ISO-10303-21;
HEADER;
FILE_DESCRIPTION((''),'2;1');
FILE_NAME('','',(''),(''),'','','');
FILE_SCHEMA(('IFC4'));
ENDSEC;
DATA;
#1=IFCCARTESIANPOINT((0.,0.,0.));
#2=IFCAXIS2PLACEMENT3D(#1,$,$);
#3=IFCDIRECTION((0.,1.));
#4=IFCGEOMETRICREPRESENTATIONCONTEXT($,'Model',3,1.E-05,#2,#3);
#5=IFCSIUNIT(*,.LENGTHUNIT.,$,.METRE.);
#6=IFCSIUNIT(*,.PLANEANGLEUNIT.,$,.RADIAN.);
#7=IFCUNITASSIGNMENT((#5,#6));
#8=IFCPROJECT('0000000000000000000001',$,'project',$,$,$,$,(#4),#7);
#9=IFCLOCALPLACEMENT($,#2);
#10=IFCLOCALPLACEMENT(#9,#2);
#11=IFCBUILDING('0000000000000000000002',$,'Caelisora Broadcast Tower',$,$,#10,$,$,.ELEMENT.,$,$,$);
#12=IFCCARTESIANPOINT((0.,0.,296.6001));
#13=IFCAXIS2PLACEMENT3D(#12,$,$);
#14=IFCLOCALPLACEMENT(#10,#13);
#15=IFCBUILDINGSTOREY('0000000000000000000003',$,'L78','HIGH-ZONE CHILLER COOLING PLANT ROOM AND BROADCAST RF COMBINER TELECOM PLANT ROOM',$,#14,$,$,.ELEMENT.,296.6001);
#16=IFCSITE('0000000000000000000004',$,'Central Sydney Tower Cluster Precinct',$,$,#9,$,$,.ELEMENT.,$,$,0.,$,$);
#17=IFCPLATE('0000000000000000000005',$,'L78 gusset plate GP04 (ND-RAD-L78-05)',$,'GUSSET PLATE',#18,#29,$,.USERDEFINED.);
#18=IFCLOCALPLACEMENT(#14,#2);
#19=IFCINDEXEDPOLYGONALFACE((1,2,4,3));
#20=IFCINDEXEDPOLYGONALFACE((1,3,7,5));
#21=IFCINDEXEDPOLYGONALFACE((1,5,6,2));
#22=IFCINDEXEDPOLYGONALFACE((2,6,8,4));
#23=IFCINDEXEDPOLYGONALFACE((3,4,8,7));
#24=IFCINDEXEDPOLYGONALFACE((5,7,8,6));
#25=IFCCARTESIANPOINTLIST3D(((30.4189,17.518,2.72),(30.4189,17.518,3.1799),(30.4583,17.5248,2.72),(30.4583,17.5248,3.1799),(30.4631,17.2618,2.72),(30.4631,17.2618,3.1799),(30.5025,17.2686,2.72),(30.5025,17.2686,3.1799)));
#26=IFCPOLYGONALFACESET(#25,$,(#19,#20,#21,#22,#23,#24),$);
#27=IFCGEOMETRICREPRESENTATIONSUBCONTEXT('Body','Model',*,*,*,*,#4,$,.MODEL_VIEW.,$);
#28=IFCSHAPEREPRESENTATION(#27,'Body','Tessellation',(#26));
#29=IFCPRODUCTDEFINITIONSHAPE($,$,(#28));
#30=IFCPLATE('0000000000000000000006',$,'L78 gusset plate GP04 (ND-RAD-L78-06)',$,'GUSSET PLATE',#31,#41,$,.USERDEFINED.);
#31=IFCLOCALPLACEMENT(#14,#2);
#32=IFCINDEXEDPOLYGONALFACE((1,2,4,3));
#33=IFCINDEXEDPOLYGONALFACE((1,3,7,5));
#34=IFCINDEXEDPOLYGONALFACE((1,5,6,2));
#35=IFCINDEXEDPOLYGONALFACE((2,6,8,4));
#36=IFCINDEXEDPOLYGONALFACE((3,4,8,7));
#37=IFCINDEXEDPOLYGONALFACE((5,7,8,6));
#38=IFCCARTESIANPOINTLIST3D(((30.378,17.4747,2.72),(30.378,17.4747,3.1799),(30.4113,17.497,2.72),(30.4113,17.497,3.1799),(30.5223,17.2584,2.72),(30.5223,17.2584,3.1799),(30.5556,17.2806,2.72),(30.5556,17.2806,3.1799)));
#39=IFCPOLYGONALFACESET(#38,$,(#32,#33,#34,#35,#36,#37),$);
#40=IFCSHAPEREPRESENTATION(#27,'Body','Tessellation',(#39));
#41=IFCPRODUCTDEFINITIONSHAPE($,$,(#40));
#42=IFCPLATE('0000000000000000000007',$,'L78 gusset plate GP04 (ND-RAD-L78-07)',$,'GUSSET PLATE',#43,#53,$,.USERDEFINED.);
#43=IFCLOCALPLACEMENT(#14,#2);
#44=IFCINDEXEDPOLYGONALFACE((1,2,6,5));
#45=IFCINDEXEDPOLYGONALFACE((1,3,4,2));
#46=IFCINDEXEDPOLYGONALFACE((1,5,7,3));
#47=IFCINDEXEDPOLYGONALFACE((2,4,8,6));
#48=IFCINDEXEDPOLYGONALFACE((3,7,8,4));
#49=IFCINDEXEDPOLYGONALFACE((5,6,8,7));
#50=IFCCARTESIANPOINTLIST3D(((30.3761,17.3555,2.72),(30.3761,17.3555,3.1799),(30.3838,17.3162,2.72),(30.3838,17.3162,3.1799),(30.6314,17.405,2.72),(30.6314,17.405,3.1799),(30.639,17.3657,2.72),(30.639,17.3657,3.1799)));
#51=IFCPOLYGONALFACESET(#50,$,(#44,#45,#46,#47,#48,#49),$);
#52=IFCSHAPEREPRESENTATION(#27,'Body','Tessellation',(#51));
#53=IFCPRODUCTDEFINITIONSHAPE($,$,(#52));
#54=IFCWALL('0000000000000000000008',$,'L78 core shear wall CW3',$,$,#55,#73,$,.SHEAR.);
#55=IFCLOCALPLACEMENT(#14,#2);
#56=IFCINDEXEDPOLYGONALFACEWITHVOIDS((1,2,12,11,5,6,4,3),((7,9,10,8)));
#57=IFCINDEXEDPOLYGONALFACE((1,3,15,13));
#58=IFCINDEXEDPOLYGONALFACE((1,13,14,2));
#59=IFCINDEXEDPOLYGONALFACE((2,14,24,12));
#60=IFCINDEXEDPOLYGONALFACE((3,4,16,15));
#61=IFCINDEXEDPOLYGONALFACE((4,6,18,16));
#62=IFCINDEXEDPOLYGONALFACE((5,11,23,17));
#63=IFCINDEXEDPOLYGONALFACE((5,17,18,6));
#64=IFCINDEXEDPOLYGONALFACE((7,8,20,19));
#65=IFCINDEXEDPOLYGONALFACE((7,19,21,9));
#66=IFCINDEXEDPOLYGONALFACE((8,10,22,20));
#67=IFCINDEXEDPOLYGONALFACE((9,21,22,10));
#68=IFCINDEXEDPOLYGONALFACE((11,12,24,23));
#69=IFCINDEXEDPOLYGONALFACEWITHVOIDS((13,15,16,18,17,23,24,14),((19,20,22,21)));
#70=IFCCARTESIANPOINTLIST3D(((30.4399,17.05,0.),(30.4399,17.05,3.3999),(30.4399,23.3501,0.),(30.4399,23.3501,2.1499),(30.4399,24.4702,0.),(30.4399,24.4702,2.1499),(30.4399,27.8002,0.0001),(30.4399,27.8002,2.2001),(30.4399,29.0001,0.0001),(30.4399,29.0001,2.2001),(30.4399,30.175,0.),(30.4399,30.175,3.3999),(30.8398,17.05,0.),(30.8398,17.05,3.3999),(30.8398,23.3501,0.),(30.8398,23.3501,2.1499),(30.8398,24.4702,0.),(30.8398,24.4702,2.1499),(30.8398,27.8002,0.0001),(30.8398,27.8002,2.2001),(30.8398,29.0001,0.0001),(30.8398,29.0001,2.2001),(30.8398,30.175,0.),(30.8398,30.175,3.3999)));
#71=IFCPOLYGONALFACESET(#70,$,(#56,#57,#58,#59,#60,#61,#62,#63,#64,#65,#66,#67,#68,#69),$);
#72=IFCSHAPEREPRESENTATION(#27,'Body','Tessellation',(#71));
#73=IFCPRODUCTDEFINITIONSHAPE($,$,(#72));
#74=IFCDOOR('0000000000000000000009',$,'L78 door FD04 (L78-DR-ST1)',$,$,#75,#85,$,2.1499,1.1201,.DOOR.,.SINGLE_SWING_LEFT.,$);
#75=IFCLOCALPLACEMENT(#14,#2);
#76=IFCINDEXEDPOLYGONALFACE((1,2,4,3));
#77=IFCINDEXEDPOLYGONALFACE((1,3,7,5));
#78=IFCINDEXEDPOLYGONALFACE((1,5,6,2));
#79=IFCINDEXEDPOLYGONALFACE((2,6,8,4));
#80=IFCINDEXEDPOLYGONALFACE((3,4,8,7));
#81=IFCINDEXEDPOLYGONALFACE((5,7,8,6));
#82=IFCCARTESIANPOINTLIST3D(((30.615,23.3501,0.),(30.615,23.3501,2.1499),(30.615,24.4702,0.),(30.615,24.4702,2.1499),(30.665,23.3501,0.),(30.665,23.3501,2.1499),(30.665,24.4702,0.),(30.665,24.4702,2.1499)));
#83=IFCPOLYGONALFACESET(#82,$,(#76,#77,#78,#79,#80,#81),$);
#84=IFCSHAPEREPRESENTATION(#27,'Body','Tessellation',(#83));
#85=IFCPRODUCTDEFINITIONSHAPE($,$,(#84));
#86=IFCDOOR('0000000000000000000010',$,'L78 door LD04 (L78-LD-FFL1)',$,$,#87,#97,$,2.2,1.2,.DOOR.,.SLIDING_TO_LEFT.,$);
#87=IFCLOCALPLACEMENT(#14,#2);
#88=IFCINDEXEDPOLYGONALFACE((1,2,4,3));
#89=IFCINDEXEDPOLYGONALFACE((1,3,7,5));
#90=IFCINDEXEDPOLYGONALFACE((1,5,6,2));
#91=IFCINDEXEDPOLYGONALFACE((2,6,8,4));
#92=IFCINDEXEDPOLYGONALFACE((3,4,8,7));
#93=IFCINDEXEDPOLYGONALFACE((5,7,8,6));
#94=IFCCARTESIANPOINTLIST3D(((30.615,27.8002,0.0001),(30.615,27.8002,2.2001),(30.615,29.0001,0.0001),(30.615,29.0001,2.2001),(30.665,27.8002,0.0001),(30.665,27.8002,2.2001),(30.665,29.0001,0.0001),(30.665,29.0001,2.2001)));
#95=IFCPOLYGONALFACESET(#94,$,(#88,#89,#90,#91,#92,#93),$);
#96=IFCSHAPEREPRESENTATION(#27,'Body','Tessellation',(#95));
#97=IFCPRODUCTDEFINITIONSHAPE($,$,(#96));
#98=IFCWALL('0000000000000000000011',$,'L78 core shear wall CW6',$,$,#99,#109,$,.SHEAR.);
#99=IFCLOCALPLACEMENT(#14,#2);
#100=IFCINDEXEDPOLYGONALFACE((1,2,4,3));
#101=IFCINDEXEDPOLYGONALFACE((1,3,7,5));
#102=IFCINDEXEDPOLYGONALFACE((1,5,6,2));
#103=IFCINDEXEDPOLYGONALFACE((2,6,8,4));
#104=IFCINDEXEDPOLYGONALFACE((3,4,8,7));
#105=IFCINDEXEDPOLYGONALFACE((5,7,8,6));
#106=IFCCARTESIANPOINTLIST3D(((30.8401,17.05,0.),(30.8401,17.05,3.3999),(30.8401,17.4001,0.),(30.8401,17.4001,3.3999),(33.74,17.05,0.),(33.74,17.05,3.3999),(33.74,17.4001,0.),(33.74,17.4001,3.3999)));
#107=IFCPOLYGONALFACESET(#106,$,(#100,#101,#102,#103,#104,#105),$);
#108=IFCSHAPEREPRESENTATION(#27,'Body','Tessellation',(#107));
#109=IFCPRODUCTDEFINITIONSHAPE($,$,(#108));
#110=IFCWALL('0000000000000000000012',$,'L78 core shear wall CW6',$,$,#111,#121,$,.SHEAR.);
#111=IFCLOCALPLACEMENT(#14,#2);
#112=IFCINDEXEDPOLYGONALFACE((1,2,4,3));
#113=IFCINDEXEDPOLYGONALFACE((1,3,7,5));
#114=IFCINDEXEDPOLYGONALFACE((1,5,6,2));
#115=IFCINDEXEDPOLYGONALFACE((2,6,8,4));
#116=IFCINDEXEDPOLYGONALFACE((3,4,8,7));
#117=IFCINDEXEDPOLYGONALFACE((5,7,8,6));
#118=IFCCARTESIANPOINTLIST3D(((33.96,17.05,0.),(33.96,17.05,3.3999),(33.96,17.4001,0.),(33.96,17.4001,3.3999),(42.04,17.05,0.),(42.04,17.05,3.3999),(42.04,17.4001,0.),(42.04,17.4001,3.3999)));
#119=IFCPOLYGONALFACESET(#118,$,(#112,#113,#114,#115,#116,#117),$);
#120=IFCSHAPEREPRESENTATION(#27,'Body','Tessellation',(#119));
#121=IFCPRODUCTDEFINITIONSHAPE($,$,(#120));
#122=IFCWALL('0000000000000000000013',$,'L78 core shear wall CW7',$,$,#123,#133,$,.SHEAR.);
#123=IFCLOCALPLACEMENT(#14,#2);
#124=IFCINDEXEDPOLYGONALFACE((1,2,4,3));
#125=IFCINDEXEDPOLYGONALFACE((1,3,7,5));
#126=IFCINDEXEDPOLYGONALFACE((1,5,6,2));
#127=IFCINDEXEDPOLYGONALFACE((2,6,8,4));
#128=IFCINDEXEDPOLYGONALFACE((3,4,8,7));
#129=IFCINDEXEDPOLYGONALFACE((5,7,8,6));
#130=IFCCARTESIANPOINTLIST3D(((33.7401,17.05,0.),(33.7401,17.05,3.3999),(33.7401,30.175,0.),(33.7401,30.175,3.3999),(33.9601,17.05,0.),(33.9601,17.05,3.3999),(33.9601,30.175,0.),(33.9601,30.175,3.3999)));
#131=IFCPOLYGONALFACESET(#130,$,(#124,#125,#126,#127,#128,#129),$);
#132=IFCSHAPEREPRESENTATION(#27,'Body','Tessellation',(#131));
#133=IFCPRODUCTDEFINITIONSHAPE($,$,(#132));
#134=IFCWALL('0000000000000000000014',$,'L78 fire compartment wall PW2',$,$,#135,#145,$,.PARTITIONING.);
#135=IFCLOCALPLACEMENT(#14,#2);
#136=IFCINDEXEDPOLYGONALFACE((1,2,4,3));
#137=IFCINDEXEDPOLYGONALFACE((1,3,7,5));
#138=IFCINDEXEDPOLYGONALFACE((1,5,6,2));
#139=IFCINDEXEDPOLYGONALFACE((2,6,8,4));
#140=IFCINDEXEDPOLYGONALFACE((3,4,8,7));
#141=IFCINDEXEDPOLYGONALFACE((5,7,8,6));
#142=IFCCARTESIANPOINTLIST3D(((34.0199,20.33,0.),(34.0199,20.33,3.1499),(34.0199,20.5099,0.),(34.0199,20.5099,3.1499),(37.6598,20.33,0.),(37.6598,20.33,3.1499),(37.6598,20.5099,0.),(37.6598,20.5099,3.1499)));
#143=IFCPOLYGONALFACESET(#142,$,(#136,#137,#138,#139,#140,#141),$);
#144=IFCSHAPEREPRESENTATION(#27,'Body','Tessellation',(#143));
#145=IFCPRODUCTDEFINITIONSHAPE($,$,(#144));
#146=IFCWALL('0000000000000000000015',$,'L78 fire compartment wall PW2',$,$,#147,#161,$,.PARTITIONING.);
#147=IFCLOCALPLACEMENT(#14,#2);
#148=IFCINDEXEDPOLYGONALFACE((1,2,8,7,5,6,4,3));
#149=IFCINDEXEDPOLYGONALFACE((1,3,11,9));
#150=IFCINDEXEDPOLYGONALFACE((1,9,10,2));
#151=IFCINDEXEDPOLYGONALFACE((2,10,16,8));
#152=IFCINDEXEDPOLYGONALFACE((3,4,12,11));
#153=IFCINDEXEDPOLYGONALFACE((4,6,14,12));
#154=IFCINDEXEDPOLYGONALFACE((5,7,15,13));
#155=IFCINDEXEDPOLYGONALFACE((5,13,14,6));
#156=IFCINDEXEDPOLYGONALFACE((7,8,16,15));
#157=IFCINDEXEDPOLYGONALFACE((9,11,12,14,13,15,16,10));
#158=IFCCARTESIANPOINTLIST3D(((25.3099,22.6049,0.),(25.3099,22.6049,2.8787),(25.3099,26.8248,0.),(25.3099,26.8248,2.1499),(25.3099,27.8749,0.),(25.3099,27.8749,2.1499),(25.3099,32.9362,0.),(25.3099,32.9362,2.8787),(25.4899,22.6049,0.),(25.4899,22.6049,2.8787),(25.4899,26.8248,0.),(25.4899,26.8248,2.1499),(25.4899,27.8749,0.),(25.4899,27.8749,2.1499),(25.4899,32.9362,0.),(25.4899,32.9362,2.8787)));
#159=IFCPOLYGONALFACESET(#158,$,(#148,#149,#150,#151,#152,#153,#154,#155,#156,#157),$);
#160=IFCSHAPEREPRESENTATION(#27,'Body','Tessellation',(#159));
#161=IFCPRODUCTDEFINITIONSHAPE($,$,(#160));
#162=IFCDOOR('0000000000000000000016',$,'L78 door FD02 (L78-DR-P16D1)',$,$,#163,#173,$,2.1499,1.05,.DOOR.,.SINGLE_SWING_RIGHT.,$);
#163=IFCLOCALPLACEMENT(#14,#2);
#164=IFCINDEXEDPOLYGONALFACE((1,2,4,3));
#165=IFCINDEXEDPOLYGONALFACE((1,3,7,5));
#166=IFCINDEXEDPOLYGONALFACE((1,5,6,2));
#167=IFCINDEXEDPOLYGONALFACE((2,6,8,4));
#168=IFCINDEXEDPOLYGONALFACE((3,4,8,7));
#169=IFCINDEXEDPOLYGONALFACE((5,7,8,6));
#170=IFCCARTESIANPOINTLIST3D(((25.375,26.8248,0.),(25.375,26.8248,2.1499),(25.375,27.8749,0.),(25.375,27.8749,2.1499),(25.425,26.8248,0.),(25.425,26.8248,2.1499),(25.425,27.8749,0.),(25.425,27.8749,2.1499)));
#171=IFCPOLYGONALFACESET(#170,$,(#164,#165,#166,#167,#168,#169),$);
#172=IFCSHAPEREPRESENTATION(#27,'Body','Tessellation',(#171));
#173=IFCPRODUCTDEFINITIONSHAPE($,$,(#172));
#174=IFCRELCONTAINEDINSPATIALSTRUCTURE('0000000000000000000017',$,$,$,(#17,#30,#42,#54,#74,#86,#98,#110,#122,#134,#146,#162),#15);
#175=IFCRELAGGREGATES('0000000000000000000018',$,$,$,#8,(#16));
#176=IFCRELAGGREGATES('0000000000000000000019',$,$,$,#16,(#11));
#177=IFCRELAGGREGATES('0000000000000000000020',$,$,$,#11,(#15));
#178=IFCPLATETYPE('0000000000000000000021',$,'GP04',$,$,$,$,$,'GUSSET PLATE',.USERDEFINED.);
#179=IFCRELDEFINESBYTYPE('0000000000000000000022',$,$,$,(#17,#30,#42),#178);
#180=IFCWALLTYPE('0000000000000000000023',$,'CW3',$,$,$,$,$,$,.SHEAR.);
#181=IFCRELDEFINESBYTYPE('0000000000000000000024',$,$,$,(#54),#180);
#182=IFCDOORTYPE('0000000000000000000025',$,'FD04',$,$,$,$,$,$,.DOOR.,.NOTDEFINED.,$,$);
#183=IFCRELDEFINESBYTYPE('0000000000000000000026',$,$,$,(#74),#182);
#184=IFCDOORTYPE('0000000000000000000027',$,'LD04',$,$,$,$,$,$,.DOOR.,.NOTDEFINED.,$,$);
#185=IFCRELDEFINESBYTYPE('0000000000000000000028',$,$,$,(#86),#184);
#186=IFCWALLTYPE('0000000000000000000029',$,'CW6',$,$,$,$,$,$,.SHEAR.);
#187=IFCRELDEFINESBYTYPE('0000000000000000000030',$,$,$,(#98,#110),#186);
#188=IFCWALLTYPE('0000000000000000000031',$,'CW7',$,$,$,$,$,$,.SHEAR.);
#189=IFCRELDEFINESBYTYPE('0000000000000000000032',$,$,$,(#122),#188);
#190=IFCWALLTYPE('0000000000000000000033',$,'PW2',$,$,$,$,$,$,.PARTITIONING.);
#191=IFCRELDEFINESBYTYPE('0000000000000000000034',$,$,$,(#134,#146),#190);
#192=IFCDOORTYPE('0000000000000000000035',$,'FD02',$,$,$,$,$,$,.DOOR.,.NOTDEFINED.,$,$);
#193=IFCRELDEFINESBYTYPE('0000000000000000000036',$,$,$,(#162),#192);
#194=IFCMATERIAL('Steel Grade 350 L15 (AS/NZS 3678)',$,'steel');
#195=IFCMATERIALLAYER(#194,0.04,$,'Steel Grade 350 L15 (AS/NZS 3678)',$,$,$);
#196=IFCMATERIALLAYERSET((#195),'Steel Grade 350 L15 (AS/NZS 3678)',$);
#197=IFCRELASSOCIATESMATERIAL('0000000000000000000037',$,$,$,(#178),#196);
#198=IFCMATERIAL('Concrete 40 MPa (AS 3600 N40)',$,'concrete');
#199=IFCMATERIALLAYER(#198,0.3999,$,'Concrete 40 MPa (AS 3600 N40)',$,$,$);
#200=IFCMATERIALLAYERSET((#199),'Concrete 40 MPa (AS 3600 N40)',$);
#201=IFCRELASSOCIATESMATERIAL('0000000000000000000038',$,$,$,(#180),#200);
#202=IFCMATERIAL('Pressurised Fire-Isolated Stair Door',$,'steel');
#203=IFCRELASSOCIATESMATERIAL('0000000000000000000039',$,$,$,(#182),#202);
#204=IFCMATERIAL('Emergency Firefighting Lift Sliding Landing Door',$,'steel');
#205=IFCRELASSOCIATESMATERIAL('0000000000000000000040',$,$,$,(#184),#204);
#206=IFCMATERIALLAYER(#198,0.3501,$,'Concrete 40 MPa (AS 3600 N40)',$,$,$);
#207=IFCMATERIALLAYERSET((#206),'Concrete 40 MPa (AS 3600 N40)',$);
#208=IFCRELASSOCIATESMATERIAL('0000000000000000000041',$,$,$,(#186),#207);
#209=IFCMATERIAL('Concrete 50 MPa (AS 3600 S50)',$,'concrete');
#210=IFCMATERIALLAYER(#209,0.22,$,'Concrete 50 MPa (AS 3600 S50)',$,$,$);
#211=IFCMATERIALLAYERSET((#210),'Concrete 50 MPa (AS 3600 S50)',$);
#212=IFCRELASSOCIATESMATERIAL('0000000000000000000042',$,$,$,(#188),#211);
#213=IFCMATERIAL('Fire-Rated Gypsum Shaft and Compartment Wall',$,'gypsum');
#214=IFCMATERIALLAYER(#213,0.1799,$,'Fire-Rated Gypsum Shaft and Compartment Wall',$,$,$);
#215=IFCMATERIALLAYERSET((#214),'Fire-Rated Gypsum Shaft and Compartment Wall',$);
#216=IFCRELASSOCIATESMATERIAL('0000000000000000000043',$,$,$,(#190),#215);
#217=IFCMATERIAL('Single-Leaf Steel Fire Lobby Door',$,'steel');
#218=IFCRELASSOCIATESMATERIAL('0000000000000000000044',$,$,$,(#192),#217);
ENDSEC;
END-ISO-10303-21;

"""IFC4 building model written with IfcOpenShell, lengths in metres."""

from ifc_helpers import new_model, si_unit, direction, frame, frame_2d, origin, origin_2d, place, context, subcontext, project, spatial, rectangle, extrude, source, transform, mapped, material, layer, layer_set, type_object, type_shapes, element, fill, save


model = new_model("IFC4")

# Units and contexts
model_context = context("Model", 3, precision=1e-05, world=origin(), true_north=direction((0.0, 1.0)))
body_context = subcontext(model_context, "Body", "Model", "MODEL_VIEW")
ifc_project = project(units=[si_unit("LENGTHUNIT", "METRE"), si_unit("PLANEANGLEUNIT", "RADIAN")], contexts=[model_context])

# Site, building, storey
site_placement = place(None, origin())
site = spatial("IfcSite", under=ifc_project, at=site_placement, Name="Central Sydney Tower Cluster Precinct", CompositionType="ELEMENT", RefElevation=0.0)
building_placement = place(site_placement, origin())
building = spatial("IfcBuilding", under=site, at=building_placement, Name="Caelisora Broadcast Tower", CompositionType="ELEMENT")
storey_placement = place(building_placement, frame((0.0, 0.0, 296.6001)))
storey = spatial("IfcBuildingStorey", under=building, at=storey_placement, Name="L78", Description="HIGH-ZONE CHILLER COOLING PLANT ROOM AND BROADCAST RF COMBINER TELECOM PLANT ROOM", CompositionType="ELEMENT", Elevation=296.6001)

# Plates
ifc_material_1 = material(Name="Steel Grade 350 L15 (AS/NZS 3678)", Category="steel")
ifc_layer_1 = layer(ifc_material_1, 0.04, Name="Steel Grade 350 L15 (AS/NZS 3678)")
ifc_layer_set_1 = layer_set([ifc_layer_1], Name="Steel Grade 350 L15 (AS/NZS 3678)")
plate_type = type_object("IfcPlateType", Name="GP04", ElementType="GUSSET PLATE", PredefinedType="USERDEFINED", material=ifc_layer_set_1)
shared_shape_1 = source(origin(), body_context, "Body", "SweptSolid", [
    extrude(rectangle(XDim=0.26, YDim=0.04, at=origin_2d()), origin(), (0.0, 0.0, 1.0), 0.46),
])
type_shapes(plate_type, [shared_shape_1])
for number, where, z_axis, x_axis, name in (
    (1, (30.4607, 17.3933, 2.72), (0.0, 0.0, 1.0), (0.170038, -0.985438, 0.0), "L78 gusset plate GP04 (ND-RAD-L78-05)"),
    (2, (30.4668, 17.3777, 2.72), (0.0, 0.0, 1.0), (0.554844, -0.831954, 0.0), "L78 gusset plate GP04 (ND-RAD-L78-06)"),
    (3, (30.5076, 17.3606, 2.72), (0.0, 0.0, 1.0), (0.98166, 0.190638, 0.0), "L78 gusset plate GP04 (ND-RAD-L78-07)"),
):
    element("IfcPlate", number, at=place(storey_placement, frame(where, z_axis=z_axis, x_axis=x_axis)), inside=storey, type_object=plate_type, Name=name, ObjectType="GUSSET PLATE", PredefinedType="USERDEFINED", context=body_context, shape_type="MappedRepresentation", body=[
        mapped(shared_shape_1, transform((0.0, 0.0, 0.0), scale=1.0)),
    ])

# Wall, openings, doors
ifc_material_2 = material(Name="Concrete 40 MPa (AS 3600 N40)", Category="concrete")
ifc_layer_2 = layer(ifc_material_2, 0.3999, Name="Concrete 40 MPa (AS 3600 N40)")
ifc_layer_set_2 = layer_set([ifc_layer_2], Name="Concrete 40 MPa (AS 3600 N40)")
wall_type_1 = type_object("IfcWallType", Name="CW3", PredefinedType="SHEAR", material=ifc_layer_set_2)
wall_1_placement = place(storey_placement, frame((30.6399, 17.05, 0.0), z_axis=(0.0, 0.0, 1.0), x_axis=(0.0, 1.0, 0.0)))
wall_1 = element("IfcWall", 4, at=wall_1_placement, inside=storey, type_object=wall_type_1, Name="L78 core shear wall CW3", PredefinedType="SHEAR", context=body_context, shape_type="SweptSolid", body=[
    extrude(rectangle(XDim=13.125, YDim=0.3999, at=frame_2d((6.5625, 0.0))), origin(), (0.0, 0.0, 1.0), 3.3999),
])
opening_1_placement = place(wall_1_placement, frame((6.3, 0.0, 0.0)))
opening_1 = element("IfcOpeningElement", 5, at=opening_1_placement, cuts=wall_1, PredefinedType="OPENING", context=body_context, shape_type="SweptSolid", body=[
    extrude(rectangle(XDim=1.1201, YDim=2.1499, at=frame_2d((0.5601, 1.075))), frame((0.0, 0.2119, 0.0), z_axis=(0.0, -1.0, 0.0), x_axis=(1.0, 0.0, 0.0)), (0.0, 0.0, 1.0), 0.4238),
])
opening_2_placement = place(wall_1_placement, frame((10.75, 0.0, 0.0)))
opening_2 = element("IfcOpeningElement", 6, at=opening_2_placement, cuts=wall_1, PredefinedType="OPENING", context=body_context, shape_type="SweptSolid", body=[
    extrude(rectangle(XDim=1.2, YDim=2.2, at=frame_2d((0.6001, 1.1001))), frame((0.0, 0.2119, 0.0), z_axis=(0.0, -1.0, 0.0), x_axis=(1.0, 0.0, 0.0)), (0.0, 0.0, 1.0), 0.4238),
])
ifc_material_3 = material(Name="Pressurised Fire-Isolated Stair Door", Category="steel")
door_type_1 = type_object("IfcDoorType", Name="FD04", OperationType="NOTDEFINED", PredefinedType="DOOR", material=ifc_material_3)
door_1_placement = place(opening_1_placement, origin())
door_1 = element("IfcDoor", 7, at=door_1_placement, inside=storey, type_object=door_type_1, Name="L78 door FD04 (L78-DR-ST1)", OperationType="SINGLE_SWING_LEFT", OverallHeight=2.1499, OverallWidth=1.1201, PredefinedType="DOOR", context=body_context, shape_type="SweptSolid", body=[
    extrude(rectangle(XDim=1.1201, YDim=2.1499, at=frame_2d((0.5601, 1.075))), frame((0.0, 0.0249, 0.0), z_axis=(0.0, -1.0, 0.0), x_axis=(1.0, 0.0, 0.0)), (0.0, 0.0, 1.0), 0.05),
])
fill(opening_1, door_1)
ifc_material_4 = material(Name="Emergency Firefighting Lift Sliding Landing Door", Category="steel")
door_type_2 = type_object("IfcDoorType", Name="LD04", OperationType="NOTDEFINED", PredefinedType="DOOR", material=ifc_material_4)
door_2_placement = place(opening_2_placement, origin())
door_2 = element("IfcDoor", 8, at=door_2_placement, inside=storey, type_object=door_type_2, Name="L78 door LD04 (L78-LD-FFL1)", OperationType="SLIDING_TO_LEFT", OverallHeight=2.2, OverallWidth=1.2, PredefinedType="DOOR", context=body_context, shape_type="SweptSolid", body=[
    extrude(rectangle(XDim=1.2, YDim=2.2, at=frame_2d((0.6001, 1.1001))), frame((0.0, 0.0249, 0.0), z_axis=(0.0, -1.0, 0.0), x_axis=(1.0, 0.0, 0.0)), (0.0, 0.0, 1.0), 0.05),
])
fill(opening_2, door_2)

# Walls
ifc_layer_3 = layer(ifc_material_2, 0.3501, Name="Concrete 40 MPa (AS 3600 N40)")
ifc_layer_set_3 = layer_set([ifc_layer_3], Name="Concrete 40 MPa (AS 3600 N40)")
wall_type_2 = type_object("IfcWallType", Name="CW6", PredefinedType="SHEAR", material=ifc_layer_set_3)
wall_2_placement = place(storey_placement, frame((30.8401, 17.2251, 0.0), z_axis=(0.0, 0.0, 1.0), x_axis=(1.0, 0.0, 0.0)))
element("IfcWall", 9, at=wall_2_placement, inside=storey, type_object=wall_type_2, Name="L78 core shear wall CW6", PredefinedType="SHEAR", context=body_context, shape_type="SweptSolid", body=[
    extrude(rectangle(XDim=2.8999, YDim=0.3501, at=frame_2d((1.45, 0.0))), origin(), (0.0, 0.0, 1.0), 3.3999),
])
wall_3_placement = place(storey_placement, frame((33.96, 17.2251, 0.0), z_axis=(0.0, 0.0, 1.0), x_axis=(1.0, 0.0, 0.0)))
element("IfcWall", 10, at=wall_3_placement, inside=storey, type_object=wall_type_2, Name="L78 core shear wall CW6", PredefinedType="SHEAR", context=body_context, shape_type="SweptSolid", body=[
    extrude(rectangle(XDim=8.0801, YDim=0.3501, at=frame_2d((4.04, 0.0))), origin(), (0.0, 0.0, 1.0), 3.3999),
])
ifc_material_5 = material(Name="Concrete 50 MPa (AS 3600 S50)", Category="concrete")
ifc_layer_4 = layer(ifc_material_5, 0.22, Name="Concrete 50 MPa (AS 3600 S50)")
ifc_layer_set_4 = layer_set([ifc_layer_4], Name="Concrete 50 MPa (AS 3600 S50)")
wall_type_3 = type_object("IfcWallType", Name="CW7", PredefinedType="SHEAR", material=ifc_layer_set_4)
wall_4_placement = place(storey_placement, frame((33.8501, 17.05, 0.0), z_axis=(0.0, 0.0, 1.0), x_axis=(0.0, 1.0, 0.0)))
element("IfcWall", 11, at=wall_4_placement, inside=storey, type_object=wall_type_3, Name="L78 core shear wall CW7", PredefinedType="SHEAR", context=body_context, shape_type="SweptSolid", body=[
    extrude(rectangle(XDim=13.125, YDim=0.22, at=frame_2d((6.5625, 0.0))), origin(), (0.0, 0.0, 1.0), 3.3999),
])
ifc_material_6 = material(Name="Fire-Rated Gypsum Shaft and Compartment Wall", Category="gypsum")
ifc_layer_5 = layer(ifc_material_6, 0.1799, Name="Fire-Rated Gypsum Shaft and Compartment Wall")
ifc_layer_set_5 = layer_set([ifc_layer_5], Name="Fire-Rated Gypsum Shaft and Compartment Wall")
wall_type_4 = type_object("IfcWallType", Name="PW2", PredefinedType="PARTITIONING", material=ifc_layer_set_5)
wall_5_placement = place(storey_placement, frame((34.02, 20.4199, 0.0), z_axis=(0.0, 0.0, 1.0), x_axis=(1.0, 0.0, 0.0)))
element("IfcWall", 12, at=wall_5_placement, inside=storey, type_object=wall_type_4, Name="L78 fire compartment wall PW2", PredefinedType="PARTITIONING", context=body_context, shape_type="SweptSolid", body=[
    extrude(rectangle(XDim=3.6399, YDim=0.1799, at=frame_2d((1.8198, 0.0))), origin(), (0.0, 0.0, 1.0), 3.1499),
])

# Wall, opening, door
wall_6_placement = place(storey_placement, frame((25.3999, 22.605, 0.0), z_axis=(0.0, 0.0, 1.0), x_axis=(0.0, 1.0, 0.0)))
wall_6 = element("IfcWall", 13, at=wall_6_placement, inside=storey, type_object=wall_type_4, Name="L78 fire compartment wall PW2", PredefinedType="PARTITIONING", context=body_context, shape_type="SweptSolid", body=[
    extrude(rectangle(XDim=10.3313, YDim=0.1799, at=frame_2d((5.1655, 0.0))), origin(), (0.0, 0.0, 1.0), 2.8787),
])
opening_3_placement = place(wall_6_placement, frame((4.22, 0.0, 0.0)))
opening_3 = element("IfcOpeningElement", 14, at=opening_3_placement, cuts=wall_6, PredefinedType="OPENING", context=body_context, shape_type="SweptSolid", body=[
    extrude(rectangle(XDim=1.05, YDim=2.1499, at=frame_2d((0.5249, 1.075))), frame((0.0, 0.1021, 0.0), z_axis=(0.0, -1.0, 0.0), x_axis=(1.0, 0.0, 0.0)), (0.0, 0.0, 1.0), 0.2039),
])
ifc_material_7 = material(Name="Single-Leaf Steel Fire Lobby Door", Category="steel")
door_type_3 = type_object("IfcDoorType", Name="FD02", OperationType="NOTDEFINED", PredefinedType="DOOR", material=ifc_material_7)
door_3_placement = place(opening_3_placement, origin())
door_3 = element("IfcDoor", 15, at=door_3_placement, inside=storey, type_object=door_type_3, Name="L78 door FD02 (L78-DR-P16D1)", OperationType="SINGLE_SWING_RIGHT", OverallHeight=2.1499, OverallWidth=1.05, PredefinedType="DOOR", context=body_context, shape_type="SweptSolid", body=[
    extrude(rectangle(XDim=1.05, YDim=2.1499, at=frame_2d((0.5249, 1.075))), frame((0.0, 0.0249, 0.0), z_axis=(0.0, -1.0, 0.0), x_axis=(1.0, 0.0, 0.0)), (0.0, 0.0, 1.0), 0.05),
])
fill(opening_3, door_3)

save(model, "model.ifc")
